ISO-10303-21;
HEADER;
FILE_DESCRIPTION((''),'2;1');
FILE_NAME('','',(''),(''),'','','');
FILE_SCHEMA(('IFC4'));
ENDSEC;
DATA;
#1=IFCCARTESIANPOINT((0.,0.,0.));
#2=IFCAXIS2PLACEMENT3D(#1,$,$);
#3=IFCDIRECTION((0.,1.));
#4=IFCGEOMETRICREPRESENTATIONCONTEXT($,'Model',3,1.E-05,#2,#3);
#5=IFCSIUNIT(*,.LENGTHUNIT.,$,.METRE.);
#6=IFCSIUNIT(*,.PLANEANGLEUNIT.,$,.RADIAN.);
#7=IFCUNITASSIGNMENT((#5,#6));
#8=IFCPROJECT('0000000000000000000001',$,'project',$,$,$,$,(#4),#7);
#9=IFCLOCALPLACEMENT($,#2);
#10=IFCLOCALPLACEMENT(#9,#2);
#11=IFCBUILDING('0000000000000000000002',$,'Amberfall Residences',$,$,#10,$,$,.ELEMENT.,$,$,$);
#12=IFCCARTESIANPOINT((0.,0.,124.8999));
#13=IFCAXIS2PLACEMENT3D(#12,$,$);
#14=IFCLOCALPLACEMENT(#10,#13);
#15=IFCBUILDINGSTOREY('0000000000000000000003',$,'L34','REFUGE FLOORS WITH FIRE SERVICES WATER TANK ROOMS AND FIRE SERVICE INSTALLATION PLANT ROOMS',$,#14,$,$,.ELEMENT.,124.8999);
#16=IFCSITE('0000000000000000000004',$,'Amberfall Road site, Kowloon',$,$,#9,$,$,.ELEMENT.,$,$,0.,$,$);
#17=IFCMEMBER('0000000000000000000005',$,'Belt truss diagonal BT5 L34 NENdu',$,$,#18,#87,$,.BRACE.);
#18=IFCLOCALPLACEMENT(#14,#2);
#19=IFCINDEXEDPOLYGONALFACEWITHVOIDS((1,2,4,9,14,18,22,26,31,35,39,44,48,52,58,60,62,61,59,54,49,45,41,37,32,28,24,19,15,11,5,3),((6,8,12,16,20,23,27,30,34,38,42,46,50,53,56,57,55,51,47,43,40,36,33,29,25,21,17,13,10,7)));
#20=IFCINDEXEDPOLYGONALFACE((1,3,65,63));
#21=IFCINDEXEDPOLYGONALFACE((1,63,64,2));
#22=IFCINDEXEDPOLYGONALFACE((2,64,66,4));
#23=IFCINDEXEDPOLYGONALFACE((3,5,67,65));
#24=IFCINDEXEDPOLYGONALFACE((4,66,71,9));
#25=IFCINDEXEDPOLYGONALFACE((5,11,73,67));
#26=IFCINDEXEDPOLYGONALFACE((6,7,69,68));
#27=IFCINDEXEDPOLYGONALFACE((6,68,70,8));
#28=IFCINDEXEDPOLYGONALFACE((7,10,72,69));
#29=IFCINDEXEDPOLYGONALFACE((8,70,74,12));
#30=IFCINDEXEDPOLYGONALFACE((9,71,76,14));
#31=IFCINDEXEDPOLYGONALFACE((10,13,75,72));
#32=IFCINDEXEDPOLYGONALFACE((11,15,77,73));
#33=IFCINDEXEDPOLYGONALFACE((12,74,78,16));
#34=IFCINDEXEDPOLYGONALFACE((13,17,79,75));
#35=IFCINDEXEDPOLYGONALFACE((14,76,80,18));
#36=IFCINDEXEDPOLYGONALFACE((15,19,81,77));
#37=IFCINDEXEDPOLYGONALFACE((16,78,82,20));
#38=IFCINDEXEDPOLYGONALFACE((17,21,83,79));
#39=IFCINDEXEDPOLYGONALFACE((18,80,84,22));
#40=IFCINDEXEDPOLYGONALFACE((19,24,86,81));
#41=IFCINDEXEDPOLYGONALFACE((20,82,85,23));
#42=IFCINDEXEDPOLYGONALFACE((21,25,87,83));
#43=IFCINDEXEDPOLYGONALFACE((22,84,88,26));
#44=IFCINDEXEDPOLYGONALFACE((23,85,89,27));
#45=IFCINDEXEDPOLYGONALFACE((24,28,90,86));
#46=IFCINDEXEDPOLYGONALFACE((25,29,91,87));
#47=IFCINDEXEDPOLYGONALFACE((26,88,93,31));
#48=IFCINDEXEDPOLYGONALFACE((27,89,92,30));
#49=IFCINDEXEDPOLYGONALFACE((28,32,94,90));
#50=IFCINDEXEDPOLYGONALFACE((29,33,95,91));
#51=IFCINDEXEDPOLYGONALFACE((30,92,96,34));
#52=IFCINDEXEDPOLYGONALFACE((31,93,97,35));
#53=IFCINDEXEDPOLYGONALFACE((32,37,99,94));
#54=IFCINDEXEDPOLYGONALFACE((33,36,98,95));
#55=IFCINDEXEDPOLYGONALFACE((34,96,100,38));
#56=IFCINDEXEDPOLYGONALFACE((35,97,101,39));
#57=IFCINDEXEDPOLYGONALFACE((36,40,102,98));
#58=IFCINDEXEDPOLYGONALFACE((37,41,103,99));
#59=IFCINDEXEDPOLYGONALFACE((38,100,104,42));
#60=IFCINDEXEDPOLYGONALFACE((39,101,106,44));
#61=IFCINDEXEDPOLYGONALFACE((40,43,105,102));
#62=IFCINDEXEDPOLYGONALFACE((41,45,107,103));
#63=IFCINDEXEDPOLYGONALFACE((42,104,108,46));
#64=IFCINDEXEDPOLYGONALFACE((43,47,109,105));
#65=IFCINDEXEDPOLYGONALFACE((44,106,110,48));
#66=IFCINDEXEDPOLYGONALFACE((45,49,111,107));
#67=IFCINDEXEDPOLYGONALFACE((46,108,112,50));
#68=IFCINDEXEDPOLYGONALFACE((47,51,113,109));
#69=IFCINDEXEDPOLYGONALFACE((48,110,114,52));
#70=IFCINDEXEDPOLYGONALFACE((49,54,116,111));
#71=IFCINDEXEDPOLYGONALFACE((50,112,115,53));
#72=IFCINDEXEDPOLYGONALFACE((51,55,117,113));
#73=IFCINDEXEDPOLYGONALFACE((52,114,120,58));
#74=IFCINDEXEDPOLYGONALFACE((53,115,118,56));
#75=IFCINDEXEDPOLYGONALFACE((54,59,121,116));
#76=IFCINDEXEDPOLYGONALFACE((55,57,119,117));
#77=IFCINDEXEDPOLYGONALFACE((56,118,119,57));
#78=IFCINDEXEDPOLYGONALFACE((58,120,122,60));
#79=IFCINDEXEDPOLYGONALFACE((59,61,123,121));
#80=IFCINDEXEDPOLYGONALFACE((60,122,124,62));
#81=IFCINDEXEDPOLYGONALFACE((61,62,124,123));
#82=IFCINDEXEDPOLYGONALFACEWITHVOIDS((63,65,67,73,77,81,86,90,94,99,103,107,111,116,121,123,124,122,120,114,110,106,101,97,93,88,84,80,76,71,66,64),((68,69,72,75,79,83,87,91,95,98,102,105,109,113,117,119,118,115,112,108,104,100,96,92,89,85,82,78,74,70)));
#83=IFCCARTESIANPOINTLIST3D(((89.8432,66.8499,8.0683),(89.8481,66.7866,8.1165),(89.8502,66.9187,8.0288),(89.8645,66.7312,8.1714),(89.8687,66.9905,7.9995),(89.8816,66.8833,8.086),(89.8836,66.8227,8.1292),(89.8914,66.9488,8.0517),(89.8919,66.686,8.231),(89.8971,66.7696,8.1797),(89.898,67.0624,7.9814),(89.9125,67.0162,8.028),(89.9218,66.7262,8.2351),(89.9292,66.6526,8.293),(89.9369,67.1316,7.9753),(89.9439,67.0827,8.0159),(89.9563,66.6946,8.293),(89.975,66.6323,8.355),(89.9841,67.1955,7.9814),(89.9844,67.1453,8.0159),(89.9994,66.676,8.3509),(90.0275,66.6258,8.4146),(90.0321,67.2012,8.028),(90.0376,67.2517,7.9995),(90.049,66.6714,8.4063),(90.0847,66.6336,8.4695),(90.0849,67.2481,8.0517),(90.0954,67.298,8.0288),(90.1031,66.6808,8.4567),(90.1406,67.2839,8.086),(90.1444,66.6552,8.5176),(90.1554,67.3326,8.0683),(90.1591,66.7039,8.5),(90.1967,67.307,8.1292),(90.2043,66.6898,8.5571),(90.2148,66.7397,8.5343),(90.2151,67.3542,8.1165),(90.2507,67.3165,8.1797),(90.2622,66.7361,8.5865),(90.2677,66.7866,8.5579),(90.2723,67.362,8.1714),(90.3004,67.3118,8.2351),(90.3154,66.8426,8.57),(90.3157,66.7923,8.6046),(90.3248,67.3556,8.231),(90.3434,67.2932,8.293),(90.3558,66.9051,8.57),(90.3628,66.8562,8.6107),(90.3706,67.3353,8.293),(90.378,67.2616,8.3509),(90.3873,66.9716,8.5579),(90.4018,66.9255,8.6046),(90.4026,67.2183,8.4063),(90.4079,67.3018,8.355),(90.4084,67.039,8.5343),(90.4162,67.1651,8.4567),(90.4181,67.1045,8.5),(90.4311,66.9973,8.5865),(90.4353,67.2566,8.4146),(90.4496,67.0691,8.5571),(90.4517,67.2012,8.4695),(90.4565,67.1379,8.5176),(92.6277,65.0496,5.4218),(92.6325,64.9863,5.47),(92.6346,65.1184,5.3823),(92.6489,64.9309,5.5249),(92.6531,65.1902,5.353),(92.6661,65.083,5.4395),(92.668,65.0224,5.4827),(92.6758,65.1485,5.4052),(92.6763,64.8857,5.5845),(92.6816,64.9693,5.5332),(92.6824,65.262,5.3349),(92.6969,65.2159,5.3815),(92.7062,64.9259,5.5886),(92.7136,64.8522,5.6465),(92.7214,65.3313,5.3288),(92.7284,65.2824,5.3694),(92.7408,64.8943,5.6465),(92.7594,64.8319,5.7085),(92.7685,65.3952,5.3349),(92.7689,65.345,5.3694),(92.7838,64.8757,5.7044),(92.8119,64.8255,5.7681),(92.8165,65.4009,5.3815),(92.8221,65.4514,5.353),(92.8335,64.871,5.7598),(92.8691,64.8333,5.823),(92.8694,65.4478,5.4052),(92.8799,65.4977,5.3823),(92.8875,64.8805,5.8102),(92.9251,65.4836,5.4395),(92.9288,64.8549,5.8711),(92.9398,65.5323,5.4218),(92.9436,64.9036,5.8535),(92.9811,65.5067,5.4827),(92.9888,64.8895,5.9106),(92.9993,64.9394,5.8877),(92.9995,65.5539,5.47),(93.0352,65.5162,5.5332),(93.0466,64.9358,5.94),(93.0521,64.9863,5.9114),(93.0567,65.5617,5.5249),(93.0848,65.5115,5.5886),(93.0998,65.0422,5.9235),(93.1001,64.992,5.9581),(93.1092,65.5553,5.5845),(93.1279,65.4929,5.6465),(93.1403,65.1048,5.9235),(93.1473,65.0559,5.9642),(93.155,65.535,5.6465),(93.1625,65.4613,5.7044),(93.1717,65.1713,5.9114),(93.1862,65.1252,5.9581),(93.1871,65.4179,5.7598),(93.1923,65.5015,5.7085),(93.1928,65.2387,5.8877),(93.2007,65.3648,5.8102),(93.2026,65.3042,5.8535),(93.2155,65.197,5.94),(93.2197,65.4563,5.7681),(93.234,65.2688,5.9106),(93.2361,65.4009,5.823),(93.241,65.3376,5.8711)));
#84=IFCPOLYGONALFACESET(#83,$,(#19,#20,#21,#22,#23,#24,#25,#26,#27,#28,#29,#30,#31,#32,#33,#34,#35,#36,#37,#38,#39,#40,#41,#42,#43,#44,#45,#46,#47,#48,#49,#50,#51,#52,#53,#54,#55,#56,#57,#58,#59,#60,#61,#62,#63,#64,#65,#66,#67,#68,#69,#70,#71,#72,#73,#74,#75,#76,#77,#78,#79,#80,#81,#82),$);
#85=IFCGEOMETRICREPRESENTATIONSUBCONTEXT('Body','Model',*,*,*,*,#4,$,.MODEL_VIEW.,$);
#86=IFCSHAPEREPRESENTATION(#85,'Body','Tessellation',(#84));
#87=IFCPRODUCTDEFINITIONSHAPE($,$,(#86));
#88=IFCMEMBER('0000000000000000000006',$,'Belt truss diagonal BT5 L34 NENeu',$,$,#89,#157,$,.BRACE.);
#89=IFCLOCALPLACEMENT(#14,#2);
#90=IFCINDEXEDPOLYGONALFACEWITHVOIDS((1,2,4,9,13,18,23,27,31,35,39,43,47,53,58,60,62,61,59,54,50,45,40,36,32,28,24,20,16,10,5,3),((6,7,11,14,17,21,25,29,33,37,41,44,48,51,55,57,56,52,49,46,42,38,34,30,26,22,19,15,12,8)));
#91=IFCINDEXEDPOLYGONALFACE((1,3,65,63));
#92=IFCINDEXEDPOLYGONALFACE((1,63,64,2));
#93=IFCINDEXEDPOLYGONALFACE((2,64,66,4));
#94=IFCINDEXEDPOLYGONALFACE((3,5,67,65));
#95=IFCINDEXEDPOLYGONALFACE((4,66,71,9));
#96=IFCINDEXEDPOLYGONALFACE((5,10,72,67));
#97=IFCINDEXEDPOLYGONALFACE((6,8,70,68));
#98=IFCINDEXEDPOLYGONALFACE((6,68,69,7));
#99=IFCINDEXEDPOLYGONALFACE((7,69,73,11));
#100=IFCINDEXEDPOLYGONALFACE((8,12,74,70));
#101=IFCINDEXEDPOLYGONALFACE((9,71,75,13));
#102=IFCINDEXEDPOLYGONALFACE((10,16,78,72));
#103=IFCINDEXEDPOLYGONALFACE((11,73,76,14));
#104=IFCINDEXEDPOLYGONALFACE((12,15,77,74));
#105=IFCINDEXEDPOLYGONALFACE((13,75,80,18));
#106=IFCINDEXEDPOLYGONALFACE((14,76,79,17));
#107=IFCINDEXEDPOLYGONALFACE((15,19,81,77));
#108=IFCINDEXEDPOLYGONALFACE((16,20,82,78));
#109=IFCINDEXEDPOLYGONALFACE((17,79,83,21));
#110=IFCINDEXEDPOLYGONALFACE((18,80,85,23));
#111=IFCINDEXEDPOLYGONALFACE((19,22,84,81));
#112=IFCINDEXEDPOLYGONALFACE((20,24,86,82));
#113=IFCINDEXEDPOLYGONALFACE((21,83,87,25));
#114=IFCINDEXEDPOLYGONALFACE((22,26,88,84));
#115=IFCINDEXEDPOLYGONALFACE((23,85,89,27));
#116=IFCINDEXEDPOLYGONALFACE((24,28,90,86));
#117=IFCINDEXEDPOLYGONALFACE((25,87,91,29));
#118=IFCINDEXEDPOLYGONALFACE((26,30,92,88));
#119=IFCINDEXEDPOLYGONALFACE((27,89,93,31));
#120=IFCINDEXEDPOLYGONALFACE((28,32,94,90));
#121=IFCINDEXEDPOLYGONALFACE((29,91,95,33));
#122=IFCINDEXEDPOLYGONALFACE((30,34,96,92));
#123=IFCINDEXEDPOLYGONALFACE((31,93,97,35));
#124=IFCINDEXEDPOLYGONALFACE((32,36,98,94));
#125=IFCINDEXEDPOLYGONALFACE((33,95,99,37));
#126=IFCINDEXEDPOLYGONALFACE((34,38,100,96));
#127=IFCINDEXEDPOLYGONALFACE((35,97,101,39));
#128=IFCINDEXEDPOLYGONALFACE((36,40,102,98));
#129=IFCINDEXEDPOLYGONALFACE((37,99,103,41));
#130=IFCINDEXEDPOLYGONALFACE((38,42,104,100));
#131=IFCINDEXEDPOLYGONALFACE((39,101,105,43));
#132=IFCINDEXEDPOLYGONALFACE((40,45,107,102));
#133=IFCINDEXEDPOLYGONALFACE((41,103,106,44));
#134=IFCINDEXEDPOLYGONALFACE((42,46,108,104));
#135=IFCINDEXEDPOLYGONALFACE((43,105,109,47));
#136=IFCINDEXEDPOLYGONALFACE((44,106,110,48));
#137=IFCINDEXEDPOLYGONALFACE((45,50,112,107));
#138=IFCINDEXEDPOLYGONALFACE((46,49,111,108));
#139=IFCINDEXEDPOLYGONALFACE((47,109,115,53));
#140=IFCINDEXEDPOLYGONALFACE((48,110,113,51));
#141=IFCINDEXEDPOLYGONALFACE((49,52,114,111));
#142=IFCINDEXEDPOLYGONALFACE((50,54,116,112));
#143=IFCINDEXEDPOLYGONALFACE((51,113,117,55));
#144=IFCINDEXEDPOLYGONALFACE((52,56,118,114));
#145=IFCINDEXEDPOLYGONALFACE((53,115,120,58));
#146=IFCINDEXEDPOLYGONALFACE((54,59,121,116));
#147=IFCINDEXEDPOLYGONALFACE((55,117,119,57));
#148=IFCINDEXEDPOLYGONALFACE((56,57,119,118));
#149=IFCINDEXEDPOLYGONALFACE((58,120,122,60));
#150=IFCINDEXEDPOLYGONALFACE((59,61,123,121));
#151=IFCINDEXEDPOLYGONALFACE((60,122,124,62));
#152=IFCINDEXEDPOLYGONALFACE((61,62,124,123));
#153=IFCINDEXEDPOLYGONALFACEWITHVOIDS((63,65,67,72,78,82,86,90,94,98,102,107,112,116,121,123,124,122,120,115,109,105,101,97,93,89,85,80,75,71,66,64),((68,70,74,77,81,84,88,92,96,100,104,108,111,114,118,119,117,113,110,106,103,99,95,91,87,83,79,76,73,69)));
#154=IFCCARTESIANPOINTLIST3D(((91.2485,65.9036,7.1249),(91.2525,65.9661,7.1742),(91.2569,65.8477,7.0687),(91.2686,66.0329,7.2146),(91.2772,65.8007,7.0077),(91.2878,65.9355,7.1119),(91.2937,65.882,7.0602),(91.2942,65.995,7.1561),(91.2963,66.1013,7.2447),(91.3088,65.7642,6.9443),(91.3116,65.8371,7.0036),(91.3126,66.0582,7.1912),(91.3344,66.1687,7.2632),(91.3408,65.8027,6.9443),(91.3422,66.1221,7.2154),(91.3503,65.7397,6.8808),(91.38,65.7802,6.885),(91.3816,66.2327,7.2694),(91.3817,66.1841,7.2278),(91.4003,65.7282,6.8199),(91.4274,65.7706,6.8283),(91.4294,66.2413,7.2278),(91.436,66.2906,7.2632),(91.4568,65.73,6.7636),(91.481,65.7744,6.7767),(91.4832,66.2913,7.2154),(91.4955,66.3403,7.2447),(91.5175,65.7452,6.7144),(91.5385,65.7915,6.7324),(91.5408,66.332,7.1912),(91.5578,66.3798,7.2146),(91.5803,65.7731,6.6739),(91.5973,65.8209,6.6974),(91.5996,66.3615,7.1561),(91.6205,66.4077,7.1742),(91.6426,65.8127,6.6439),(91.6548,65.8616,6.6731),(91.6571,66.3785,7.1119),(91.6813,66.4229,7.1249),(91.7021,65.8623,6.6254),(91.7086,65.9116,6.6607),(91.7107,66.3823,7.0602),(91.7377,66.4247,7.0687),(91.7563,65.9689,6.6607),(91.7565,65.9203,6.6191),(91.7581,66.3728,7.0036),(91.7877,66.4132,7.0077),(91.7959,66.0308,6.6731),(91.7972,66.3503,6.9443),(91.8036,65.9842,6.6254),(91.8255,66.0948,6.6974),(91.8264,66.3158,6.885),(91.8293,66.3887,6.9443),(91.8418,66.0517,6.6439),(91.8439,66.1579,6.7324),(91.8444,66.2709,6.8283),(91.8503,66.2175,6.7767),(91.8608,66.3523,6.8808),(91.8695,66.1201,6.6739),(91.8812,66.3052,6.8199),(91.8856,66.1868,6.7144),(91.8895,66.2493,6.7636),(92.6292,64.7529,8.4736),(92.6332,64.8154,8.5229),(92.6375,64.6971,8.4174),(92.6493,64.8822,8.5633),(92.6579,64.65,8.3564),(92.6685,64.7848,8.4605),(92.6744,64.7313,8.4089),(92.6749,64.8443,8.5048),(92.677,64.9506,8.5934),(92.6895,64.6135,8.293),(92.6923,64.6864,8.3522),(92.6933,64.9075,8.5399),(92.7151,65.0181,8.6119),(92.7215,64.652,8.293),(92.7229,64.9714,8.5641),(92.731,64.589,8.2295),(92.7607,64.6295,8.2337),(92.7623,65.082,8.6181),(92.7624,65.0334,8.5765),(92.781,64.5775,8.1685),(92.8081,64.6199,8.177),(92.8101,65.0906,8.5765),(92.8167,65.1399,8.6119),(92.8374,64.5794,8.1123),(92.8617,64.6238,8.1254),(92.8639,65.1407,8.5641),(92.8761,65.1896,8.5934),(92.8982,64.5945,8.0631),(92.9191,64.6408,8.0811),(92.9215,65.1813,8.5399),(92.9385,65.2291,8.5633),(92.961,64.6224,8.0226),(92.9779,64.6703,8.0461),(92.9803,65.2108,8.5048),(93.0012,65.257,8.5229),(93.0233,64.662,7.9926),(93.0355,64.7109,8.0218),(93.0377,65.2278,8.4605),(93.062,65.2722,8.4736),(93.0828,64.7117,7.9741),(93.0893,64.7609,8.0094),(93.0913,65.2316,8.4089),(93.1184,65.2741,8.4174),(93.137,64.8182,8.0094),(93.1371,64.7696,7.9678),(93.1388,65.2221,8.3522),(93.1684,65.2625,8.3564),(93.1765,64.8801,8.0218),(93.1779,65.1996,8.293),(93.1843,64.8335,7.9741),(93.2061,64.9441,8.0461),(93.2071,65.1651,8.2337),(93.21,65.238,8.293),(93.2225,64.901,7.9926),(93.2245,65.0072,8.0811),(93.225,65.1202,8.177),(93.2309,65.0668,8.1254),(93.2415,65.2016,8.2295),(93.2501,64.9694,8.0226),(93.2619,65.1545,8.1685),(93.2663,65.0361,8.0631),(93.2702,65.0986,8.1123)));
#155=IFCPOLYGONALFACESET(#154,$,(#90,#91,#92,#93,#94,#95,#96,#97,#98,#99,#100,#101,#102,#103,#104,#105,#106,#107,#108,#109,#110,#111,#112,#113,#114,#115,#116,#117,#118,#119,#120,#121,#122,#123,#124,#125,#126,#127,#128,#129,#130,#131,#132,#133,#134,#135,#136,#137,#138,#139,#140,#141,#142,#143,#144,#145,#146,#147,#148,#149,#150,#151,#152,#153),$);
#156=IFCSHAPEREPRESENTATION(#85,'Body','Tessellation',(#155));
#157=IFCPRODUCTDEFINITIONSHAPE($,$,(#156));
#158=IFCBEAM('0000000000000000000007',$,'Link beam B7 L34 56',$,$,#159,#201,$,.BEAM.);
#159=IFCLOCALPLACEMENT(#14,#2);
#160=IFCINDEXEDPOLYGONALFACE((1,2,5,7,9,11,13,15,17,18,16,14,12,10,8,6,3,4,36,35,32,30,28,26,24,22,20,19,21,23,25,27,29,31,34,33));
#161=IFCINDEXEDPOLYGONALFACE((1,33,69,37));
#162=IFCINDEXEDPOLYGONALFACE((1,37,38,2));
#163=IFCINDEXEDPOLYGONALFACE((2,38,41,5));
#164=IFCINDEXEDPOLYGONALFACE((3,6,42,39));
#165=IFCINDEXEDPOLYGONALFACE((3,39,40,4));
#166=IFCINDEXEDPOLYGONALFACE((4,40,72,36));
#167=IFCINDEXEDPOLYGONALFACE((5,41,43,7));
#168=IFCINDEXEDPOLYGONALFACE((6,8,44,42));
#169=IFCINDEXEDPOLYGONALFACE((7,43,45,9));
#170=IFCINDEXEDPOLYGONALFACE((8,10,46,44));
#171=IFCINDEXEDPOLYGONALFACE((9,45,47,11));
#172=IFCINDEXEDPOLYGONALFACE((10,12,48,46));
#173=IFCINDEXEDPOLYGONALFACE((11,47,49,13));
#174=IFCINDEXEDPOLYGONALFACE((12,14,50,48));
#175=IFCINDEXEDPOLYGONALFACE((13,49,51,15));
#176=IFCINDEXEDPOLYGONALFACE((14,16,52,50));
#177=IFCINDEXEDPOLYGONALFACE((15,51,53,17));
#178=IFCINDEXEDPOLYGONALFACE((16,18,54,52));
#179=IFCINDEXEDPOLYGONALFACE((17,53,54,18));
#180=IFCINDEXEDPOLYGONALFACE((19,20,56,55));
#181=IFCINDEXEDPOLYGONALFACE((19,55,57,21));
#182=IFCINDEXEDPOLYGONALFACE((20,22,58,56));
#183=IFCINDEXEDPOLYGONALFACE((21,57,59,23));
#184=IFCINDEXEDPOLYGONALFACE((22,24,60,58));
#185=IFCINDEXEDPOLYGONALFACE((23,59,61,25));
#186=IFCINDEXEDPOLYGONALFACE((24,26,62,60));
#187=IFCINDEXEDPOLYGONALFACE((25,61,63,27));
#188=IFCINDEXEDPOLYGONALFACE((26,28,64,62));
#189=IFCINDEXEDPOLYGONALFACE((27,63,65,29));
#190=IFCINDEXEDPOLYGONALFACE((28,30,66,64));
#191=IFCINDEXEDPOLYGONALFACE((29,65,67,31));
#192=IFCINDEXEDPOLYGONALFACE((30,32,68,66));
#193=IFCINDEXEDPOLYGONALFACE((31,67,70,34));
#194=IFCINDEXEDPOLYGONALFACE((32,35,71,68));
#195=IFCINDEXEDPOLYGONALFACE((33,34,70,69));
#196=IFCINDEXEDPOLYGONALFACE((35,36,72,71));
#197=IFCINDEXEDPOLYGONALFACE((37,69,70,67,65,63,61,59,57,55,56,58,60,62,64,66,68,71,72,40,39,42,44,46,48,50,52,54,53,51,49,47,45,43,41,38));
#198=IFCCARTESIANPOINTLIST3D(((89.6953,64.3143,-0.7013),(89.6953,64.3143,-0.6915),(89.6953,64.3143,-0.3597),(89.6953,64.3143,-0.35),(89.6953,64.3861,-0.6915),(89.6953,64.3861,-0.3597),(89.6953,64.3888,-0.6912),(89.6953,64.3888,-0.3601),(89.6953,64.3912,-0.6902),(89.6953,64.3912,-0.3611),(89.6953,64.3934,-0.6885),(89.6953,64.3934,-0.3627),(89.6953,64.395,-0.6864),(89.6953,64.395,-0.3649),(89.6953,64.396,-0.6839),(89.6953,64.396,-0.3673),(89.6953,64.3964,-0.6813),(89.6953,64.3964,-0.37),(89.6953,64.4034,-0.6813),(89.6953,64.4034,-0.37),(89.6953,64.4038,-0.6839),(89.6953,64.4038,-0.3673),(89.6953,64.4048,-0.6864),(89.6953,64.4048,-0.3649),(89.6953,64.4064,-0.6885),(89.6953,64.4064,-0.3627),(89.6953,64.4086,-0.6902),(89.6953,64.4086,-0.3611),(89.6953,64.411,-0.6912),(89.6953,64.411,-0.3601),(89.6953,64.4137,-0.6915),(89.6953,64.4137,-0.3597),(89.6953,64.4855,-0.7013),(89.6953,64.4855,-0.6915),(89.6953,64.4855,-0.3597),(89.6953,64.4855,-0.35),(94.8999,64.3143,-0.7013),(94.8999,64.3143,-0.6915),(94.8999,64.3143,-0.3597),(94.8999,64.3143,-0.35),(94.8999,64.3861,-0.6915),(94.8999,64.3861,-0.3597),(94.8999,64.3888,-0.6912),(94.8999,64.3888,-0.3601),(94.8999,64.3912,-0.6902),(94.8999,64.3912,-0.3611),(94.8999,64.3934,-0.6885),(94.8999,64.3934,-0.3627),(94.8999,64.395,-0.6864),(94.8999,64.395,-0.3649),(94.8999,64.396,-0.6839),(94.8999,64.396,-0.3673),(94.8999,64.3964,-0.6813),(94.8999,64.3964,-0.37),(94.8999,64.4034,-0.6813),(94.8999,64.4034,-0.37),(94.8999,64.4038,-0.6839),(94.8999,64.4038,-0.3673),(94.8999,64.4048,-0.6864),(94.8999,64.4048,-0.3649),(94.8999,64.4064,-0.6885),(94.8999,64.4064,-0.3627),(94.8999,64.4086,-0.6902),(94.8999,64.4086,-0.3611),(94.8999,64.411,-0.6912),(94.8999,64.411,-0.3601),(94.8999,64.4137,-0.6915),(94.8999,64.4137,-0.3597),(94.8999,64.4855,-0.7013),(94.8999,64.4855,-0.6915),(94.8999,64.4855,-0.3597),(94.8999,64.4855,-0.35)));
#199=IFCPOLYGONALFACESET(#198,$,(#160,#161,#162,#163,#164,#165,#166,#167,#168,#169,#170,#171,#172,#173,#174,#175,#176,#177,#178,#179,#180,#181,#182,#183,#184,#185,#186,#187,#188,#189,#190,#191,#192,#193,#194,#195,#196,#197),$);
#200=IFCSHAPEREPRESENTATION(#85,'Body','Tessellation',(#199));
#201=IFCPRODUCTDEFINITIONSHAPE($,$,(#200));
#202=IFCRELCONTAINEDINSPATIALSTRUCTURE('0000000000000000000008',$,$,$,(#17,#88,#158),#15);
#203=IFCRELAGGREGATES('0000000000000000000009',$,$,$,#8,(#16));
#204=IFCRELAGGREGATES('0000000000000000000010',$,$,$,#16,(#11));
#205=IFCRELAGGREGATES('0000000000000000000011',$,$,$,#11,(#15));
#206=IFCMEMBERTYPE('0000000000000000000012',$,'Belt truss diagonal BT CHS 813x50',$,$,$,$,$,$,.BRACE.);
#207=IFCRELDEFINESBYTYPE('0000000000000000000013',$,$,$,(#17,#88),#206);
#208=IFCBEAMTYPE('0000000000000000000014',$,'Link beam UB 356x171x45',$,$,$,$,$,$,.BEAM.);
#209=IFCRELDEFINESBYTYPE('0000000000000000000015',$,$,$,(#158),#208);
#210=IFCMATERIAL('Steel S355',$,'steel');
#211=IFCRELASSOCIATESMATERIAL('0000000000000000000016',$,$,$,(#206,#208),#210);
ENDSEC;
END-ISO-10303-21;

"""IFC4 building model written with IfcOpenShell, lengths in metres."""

from ifc_helpers import new_model, si_unit, direction, frame, origin, origin_2d, place, context, subcontext, project, spatial, hollow_circle, i_section, extrude, material, material_profile, profile_set, type_object, element, save


model = new_model("IFC4")

# Units and contexts
model_context = context("Model", 3, precision=1e-05, world=origin(), true_north=direction((0.0, 1.0)))
body_context = subcontext(model_context, "Body", "Model", "MODEL_VIEW")
ifc_project = project(units=[si_unit("LENGTHUNIT", "METRE"), si_unit("PLANEANGLEUNIT", "RADIAN")], contexts=[model_context])

# Site, building, storey
site_placement = place(None, origin())
site = spatial("IfcSite", under=ifc_project, at=site_placement, Name="Amberfall Road site, Kowloon", CompositionType="ELEMENT", RefElevation=0.0)
building_placement = place(site_placement, origin())
building = spatial("IfcBuilding", under=site, at=building_placement, Name="Amberfall Residences", CompositionType="ELEMENT")
storey_placement = place(building_placement, frame((0.0, 0.0, 124.8999)))
storey = spatial("IfcBuildingStorey", under=building, at=storey_placement, Name="L34", Description="REFUGE FLOORS WITH FIRE SERVICES WATER TANK ROOMS AND FIRE SERVICE INSTALLATION PLANT ROOMS", CompositionType="ELEMENT", Elevation=124.8999)

# Shared definitions
ifc_material_1 = material(Name="Steel S355", Category="steel")

# Members
ifc_material_profile_1 = material_profile(ifc_material_1, hollow_circle(Radius=0.4065, WallThickness=0.05, at=origin_2d()), Name="CHS 813x50")
ifc_profile_set_1 = profile_set([ifc_material_profile_1], Name="Steel S355")
member_type = type_object("IfcMemberType", Name="Belt truss diagonal BT CHS 813x50", PredefinedType="BRACE", material=ifc_profile_set_1)
member_1_placement = place(storey_placement, frame((92.9343, 65.1936, 5.6465), z_axis=(-0.656332, 0.424357, 0.623818), x_axis=(-0.542955, -0.839762, 0.0)))
element("IfcMember", 1, at=member_1_placement, inside=storey, type_object=member_type, Name="Belt truss diagonal BT5 L34 NENdu", PredefinedType="BRACE", context=body_context, shape_type="SweptSolid", body=[
    extrude(hollow_circle(Radius=0.4065, WallThickness=0.05, at=origin_2d()), origin(), (0.0, 0.0, 1.0), 4.2424),
])
member_2_placement = place(storey_placement, frame((92.9497, 64.9258, 8.293), z_axis=(-0.614435, 0.512083, -0.600201), x_axis=(-0.640224, -0.768188, 0.0)))
element("IfcMember", 2, at=member_2_placement, inside=storey, type_object=member_type, Name="Belt truss diagonal BT5 L34 NENeu", PredefinedType="BRACE", context=body_context, shape_type="SweptSolid", body=[
    extrude(hollow_circle(Radius=0.4065, WallThickness=0.05, at=origin_2d()), origin(), (0.0, 0.0, 1.0), 2.2471),
])

# Beam
ifc_material_profile_2 = material_profile(ifc_material_1, i_section(OverallWidth=0.1711, OverallDepth=0.3513, WebThickness=0.0071, FlangeThickness=0.0098, FilletRadius=0.0103, at=origin_2d()), Name="UB 356x171x45")
ifc_profile_set_2 = profile_set([ifc_material_profile_2], Name="Steel S355")
beam_type_1 = type_object("IfcBeamType", Name="Link beam UB 356x171x45", PredefinedType="BEAM", material=ifc_profile_set_2)
beam_1_placement = place(storey_placement, frame((94.8999, 64.3999, -0.5256), z_axis=(-1.0, 0.0, 0.0), x_axis=(0.0, -1.0, 0.0)))
element("IfcBeam", 3, at=beam_1_placement, inside=storey, type_object=beam_type_1, Name="Link beam B7 L34 56", PredefinedType="BEAM", context=body_context, shape_type="SweptSolid", body=[
    extrude(i_section(OverallWidth=0.1711, OverallDepth=0.3513, WebThickness=0.0071, FlangeThickness=0.0098, FilletRadius=0.0103, at=origin_2d()), origin(), (0.0, 0.0, 1.0), 5.2046),
])

save(model, "model.ifc")
